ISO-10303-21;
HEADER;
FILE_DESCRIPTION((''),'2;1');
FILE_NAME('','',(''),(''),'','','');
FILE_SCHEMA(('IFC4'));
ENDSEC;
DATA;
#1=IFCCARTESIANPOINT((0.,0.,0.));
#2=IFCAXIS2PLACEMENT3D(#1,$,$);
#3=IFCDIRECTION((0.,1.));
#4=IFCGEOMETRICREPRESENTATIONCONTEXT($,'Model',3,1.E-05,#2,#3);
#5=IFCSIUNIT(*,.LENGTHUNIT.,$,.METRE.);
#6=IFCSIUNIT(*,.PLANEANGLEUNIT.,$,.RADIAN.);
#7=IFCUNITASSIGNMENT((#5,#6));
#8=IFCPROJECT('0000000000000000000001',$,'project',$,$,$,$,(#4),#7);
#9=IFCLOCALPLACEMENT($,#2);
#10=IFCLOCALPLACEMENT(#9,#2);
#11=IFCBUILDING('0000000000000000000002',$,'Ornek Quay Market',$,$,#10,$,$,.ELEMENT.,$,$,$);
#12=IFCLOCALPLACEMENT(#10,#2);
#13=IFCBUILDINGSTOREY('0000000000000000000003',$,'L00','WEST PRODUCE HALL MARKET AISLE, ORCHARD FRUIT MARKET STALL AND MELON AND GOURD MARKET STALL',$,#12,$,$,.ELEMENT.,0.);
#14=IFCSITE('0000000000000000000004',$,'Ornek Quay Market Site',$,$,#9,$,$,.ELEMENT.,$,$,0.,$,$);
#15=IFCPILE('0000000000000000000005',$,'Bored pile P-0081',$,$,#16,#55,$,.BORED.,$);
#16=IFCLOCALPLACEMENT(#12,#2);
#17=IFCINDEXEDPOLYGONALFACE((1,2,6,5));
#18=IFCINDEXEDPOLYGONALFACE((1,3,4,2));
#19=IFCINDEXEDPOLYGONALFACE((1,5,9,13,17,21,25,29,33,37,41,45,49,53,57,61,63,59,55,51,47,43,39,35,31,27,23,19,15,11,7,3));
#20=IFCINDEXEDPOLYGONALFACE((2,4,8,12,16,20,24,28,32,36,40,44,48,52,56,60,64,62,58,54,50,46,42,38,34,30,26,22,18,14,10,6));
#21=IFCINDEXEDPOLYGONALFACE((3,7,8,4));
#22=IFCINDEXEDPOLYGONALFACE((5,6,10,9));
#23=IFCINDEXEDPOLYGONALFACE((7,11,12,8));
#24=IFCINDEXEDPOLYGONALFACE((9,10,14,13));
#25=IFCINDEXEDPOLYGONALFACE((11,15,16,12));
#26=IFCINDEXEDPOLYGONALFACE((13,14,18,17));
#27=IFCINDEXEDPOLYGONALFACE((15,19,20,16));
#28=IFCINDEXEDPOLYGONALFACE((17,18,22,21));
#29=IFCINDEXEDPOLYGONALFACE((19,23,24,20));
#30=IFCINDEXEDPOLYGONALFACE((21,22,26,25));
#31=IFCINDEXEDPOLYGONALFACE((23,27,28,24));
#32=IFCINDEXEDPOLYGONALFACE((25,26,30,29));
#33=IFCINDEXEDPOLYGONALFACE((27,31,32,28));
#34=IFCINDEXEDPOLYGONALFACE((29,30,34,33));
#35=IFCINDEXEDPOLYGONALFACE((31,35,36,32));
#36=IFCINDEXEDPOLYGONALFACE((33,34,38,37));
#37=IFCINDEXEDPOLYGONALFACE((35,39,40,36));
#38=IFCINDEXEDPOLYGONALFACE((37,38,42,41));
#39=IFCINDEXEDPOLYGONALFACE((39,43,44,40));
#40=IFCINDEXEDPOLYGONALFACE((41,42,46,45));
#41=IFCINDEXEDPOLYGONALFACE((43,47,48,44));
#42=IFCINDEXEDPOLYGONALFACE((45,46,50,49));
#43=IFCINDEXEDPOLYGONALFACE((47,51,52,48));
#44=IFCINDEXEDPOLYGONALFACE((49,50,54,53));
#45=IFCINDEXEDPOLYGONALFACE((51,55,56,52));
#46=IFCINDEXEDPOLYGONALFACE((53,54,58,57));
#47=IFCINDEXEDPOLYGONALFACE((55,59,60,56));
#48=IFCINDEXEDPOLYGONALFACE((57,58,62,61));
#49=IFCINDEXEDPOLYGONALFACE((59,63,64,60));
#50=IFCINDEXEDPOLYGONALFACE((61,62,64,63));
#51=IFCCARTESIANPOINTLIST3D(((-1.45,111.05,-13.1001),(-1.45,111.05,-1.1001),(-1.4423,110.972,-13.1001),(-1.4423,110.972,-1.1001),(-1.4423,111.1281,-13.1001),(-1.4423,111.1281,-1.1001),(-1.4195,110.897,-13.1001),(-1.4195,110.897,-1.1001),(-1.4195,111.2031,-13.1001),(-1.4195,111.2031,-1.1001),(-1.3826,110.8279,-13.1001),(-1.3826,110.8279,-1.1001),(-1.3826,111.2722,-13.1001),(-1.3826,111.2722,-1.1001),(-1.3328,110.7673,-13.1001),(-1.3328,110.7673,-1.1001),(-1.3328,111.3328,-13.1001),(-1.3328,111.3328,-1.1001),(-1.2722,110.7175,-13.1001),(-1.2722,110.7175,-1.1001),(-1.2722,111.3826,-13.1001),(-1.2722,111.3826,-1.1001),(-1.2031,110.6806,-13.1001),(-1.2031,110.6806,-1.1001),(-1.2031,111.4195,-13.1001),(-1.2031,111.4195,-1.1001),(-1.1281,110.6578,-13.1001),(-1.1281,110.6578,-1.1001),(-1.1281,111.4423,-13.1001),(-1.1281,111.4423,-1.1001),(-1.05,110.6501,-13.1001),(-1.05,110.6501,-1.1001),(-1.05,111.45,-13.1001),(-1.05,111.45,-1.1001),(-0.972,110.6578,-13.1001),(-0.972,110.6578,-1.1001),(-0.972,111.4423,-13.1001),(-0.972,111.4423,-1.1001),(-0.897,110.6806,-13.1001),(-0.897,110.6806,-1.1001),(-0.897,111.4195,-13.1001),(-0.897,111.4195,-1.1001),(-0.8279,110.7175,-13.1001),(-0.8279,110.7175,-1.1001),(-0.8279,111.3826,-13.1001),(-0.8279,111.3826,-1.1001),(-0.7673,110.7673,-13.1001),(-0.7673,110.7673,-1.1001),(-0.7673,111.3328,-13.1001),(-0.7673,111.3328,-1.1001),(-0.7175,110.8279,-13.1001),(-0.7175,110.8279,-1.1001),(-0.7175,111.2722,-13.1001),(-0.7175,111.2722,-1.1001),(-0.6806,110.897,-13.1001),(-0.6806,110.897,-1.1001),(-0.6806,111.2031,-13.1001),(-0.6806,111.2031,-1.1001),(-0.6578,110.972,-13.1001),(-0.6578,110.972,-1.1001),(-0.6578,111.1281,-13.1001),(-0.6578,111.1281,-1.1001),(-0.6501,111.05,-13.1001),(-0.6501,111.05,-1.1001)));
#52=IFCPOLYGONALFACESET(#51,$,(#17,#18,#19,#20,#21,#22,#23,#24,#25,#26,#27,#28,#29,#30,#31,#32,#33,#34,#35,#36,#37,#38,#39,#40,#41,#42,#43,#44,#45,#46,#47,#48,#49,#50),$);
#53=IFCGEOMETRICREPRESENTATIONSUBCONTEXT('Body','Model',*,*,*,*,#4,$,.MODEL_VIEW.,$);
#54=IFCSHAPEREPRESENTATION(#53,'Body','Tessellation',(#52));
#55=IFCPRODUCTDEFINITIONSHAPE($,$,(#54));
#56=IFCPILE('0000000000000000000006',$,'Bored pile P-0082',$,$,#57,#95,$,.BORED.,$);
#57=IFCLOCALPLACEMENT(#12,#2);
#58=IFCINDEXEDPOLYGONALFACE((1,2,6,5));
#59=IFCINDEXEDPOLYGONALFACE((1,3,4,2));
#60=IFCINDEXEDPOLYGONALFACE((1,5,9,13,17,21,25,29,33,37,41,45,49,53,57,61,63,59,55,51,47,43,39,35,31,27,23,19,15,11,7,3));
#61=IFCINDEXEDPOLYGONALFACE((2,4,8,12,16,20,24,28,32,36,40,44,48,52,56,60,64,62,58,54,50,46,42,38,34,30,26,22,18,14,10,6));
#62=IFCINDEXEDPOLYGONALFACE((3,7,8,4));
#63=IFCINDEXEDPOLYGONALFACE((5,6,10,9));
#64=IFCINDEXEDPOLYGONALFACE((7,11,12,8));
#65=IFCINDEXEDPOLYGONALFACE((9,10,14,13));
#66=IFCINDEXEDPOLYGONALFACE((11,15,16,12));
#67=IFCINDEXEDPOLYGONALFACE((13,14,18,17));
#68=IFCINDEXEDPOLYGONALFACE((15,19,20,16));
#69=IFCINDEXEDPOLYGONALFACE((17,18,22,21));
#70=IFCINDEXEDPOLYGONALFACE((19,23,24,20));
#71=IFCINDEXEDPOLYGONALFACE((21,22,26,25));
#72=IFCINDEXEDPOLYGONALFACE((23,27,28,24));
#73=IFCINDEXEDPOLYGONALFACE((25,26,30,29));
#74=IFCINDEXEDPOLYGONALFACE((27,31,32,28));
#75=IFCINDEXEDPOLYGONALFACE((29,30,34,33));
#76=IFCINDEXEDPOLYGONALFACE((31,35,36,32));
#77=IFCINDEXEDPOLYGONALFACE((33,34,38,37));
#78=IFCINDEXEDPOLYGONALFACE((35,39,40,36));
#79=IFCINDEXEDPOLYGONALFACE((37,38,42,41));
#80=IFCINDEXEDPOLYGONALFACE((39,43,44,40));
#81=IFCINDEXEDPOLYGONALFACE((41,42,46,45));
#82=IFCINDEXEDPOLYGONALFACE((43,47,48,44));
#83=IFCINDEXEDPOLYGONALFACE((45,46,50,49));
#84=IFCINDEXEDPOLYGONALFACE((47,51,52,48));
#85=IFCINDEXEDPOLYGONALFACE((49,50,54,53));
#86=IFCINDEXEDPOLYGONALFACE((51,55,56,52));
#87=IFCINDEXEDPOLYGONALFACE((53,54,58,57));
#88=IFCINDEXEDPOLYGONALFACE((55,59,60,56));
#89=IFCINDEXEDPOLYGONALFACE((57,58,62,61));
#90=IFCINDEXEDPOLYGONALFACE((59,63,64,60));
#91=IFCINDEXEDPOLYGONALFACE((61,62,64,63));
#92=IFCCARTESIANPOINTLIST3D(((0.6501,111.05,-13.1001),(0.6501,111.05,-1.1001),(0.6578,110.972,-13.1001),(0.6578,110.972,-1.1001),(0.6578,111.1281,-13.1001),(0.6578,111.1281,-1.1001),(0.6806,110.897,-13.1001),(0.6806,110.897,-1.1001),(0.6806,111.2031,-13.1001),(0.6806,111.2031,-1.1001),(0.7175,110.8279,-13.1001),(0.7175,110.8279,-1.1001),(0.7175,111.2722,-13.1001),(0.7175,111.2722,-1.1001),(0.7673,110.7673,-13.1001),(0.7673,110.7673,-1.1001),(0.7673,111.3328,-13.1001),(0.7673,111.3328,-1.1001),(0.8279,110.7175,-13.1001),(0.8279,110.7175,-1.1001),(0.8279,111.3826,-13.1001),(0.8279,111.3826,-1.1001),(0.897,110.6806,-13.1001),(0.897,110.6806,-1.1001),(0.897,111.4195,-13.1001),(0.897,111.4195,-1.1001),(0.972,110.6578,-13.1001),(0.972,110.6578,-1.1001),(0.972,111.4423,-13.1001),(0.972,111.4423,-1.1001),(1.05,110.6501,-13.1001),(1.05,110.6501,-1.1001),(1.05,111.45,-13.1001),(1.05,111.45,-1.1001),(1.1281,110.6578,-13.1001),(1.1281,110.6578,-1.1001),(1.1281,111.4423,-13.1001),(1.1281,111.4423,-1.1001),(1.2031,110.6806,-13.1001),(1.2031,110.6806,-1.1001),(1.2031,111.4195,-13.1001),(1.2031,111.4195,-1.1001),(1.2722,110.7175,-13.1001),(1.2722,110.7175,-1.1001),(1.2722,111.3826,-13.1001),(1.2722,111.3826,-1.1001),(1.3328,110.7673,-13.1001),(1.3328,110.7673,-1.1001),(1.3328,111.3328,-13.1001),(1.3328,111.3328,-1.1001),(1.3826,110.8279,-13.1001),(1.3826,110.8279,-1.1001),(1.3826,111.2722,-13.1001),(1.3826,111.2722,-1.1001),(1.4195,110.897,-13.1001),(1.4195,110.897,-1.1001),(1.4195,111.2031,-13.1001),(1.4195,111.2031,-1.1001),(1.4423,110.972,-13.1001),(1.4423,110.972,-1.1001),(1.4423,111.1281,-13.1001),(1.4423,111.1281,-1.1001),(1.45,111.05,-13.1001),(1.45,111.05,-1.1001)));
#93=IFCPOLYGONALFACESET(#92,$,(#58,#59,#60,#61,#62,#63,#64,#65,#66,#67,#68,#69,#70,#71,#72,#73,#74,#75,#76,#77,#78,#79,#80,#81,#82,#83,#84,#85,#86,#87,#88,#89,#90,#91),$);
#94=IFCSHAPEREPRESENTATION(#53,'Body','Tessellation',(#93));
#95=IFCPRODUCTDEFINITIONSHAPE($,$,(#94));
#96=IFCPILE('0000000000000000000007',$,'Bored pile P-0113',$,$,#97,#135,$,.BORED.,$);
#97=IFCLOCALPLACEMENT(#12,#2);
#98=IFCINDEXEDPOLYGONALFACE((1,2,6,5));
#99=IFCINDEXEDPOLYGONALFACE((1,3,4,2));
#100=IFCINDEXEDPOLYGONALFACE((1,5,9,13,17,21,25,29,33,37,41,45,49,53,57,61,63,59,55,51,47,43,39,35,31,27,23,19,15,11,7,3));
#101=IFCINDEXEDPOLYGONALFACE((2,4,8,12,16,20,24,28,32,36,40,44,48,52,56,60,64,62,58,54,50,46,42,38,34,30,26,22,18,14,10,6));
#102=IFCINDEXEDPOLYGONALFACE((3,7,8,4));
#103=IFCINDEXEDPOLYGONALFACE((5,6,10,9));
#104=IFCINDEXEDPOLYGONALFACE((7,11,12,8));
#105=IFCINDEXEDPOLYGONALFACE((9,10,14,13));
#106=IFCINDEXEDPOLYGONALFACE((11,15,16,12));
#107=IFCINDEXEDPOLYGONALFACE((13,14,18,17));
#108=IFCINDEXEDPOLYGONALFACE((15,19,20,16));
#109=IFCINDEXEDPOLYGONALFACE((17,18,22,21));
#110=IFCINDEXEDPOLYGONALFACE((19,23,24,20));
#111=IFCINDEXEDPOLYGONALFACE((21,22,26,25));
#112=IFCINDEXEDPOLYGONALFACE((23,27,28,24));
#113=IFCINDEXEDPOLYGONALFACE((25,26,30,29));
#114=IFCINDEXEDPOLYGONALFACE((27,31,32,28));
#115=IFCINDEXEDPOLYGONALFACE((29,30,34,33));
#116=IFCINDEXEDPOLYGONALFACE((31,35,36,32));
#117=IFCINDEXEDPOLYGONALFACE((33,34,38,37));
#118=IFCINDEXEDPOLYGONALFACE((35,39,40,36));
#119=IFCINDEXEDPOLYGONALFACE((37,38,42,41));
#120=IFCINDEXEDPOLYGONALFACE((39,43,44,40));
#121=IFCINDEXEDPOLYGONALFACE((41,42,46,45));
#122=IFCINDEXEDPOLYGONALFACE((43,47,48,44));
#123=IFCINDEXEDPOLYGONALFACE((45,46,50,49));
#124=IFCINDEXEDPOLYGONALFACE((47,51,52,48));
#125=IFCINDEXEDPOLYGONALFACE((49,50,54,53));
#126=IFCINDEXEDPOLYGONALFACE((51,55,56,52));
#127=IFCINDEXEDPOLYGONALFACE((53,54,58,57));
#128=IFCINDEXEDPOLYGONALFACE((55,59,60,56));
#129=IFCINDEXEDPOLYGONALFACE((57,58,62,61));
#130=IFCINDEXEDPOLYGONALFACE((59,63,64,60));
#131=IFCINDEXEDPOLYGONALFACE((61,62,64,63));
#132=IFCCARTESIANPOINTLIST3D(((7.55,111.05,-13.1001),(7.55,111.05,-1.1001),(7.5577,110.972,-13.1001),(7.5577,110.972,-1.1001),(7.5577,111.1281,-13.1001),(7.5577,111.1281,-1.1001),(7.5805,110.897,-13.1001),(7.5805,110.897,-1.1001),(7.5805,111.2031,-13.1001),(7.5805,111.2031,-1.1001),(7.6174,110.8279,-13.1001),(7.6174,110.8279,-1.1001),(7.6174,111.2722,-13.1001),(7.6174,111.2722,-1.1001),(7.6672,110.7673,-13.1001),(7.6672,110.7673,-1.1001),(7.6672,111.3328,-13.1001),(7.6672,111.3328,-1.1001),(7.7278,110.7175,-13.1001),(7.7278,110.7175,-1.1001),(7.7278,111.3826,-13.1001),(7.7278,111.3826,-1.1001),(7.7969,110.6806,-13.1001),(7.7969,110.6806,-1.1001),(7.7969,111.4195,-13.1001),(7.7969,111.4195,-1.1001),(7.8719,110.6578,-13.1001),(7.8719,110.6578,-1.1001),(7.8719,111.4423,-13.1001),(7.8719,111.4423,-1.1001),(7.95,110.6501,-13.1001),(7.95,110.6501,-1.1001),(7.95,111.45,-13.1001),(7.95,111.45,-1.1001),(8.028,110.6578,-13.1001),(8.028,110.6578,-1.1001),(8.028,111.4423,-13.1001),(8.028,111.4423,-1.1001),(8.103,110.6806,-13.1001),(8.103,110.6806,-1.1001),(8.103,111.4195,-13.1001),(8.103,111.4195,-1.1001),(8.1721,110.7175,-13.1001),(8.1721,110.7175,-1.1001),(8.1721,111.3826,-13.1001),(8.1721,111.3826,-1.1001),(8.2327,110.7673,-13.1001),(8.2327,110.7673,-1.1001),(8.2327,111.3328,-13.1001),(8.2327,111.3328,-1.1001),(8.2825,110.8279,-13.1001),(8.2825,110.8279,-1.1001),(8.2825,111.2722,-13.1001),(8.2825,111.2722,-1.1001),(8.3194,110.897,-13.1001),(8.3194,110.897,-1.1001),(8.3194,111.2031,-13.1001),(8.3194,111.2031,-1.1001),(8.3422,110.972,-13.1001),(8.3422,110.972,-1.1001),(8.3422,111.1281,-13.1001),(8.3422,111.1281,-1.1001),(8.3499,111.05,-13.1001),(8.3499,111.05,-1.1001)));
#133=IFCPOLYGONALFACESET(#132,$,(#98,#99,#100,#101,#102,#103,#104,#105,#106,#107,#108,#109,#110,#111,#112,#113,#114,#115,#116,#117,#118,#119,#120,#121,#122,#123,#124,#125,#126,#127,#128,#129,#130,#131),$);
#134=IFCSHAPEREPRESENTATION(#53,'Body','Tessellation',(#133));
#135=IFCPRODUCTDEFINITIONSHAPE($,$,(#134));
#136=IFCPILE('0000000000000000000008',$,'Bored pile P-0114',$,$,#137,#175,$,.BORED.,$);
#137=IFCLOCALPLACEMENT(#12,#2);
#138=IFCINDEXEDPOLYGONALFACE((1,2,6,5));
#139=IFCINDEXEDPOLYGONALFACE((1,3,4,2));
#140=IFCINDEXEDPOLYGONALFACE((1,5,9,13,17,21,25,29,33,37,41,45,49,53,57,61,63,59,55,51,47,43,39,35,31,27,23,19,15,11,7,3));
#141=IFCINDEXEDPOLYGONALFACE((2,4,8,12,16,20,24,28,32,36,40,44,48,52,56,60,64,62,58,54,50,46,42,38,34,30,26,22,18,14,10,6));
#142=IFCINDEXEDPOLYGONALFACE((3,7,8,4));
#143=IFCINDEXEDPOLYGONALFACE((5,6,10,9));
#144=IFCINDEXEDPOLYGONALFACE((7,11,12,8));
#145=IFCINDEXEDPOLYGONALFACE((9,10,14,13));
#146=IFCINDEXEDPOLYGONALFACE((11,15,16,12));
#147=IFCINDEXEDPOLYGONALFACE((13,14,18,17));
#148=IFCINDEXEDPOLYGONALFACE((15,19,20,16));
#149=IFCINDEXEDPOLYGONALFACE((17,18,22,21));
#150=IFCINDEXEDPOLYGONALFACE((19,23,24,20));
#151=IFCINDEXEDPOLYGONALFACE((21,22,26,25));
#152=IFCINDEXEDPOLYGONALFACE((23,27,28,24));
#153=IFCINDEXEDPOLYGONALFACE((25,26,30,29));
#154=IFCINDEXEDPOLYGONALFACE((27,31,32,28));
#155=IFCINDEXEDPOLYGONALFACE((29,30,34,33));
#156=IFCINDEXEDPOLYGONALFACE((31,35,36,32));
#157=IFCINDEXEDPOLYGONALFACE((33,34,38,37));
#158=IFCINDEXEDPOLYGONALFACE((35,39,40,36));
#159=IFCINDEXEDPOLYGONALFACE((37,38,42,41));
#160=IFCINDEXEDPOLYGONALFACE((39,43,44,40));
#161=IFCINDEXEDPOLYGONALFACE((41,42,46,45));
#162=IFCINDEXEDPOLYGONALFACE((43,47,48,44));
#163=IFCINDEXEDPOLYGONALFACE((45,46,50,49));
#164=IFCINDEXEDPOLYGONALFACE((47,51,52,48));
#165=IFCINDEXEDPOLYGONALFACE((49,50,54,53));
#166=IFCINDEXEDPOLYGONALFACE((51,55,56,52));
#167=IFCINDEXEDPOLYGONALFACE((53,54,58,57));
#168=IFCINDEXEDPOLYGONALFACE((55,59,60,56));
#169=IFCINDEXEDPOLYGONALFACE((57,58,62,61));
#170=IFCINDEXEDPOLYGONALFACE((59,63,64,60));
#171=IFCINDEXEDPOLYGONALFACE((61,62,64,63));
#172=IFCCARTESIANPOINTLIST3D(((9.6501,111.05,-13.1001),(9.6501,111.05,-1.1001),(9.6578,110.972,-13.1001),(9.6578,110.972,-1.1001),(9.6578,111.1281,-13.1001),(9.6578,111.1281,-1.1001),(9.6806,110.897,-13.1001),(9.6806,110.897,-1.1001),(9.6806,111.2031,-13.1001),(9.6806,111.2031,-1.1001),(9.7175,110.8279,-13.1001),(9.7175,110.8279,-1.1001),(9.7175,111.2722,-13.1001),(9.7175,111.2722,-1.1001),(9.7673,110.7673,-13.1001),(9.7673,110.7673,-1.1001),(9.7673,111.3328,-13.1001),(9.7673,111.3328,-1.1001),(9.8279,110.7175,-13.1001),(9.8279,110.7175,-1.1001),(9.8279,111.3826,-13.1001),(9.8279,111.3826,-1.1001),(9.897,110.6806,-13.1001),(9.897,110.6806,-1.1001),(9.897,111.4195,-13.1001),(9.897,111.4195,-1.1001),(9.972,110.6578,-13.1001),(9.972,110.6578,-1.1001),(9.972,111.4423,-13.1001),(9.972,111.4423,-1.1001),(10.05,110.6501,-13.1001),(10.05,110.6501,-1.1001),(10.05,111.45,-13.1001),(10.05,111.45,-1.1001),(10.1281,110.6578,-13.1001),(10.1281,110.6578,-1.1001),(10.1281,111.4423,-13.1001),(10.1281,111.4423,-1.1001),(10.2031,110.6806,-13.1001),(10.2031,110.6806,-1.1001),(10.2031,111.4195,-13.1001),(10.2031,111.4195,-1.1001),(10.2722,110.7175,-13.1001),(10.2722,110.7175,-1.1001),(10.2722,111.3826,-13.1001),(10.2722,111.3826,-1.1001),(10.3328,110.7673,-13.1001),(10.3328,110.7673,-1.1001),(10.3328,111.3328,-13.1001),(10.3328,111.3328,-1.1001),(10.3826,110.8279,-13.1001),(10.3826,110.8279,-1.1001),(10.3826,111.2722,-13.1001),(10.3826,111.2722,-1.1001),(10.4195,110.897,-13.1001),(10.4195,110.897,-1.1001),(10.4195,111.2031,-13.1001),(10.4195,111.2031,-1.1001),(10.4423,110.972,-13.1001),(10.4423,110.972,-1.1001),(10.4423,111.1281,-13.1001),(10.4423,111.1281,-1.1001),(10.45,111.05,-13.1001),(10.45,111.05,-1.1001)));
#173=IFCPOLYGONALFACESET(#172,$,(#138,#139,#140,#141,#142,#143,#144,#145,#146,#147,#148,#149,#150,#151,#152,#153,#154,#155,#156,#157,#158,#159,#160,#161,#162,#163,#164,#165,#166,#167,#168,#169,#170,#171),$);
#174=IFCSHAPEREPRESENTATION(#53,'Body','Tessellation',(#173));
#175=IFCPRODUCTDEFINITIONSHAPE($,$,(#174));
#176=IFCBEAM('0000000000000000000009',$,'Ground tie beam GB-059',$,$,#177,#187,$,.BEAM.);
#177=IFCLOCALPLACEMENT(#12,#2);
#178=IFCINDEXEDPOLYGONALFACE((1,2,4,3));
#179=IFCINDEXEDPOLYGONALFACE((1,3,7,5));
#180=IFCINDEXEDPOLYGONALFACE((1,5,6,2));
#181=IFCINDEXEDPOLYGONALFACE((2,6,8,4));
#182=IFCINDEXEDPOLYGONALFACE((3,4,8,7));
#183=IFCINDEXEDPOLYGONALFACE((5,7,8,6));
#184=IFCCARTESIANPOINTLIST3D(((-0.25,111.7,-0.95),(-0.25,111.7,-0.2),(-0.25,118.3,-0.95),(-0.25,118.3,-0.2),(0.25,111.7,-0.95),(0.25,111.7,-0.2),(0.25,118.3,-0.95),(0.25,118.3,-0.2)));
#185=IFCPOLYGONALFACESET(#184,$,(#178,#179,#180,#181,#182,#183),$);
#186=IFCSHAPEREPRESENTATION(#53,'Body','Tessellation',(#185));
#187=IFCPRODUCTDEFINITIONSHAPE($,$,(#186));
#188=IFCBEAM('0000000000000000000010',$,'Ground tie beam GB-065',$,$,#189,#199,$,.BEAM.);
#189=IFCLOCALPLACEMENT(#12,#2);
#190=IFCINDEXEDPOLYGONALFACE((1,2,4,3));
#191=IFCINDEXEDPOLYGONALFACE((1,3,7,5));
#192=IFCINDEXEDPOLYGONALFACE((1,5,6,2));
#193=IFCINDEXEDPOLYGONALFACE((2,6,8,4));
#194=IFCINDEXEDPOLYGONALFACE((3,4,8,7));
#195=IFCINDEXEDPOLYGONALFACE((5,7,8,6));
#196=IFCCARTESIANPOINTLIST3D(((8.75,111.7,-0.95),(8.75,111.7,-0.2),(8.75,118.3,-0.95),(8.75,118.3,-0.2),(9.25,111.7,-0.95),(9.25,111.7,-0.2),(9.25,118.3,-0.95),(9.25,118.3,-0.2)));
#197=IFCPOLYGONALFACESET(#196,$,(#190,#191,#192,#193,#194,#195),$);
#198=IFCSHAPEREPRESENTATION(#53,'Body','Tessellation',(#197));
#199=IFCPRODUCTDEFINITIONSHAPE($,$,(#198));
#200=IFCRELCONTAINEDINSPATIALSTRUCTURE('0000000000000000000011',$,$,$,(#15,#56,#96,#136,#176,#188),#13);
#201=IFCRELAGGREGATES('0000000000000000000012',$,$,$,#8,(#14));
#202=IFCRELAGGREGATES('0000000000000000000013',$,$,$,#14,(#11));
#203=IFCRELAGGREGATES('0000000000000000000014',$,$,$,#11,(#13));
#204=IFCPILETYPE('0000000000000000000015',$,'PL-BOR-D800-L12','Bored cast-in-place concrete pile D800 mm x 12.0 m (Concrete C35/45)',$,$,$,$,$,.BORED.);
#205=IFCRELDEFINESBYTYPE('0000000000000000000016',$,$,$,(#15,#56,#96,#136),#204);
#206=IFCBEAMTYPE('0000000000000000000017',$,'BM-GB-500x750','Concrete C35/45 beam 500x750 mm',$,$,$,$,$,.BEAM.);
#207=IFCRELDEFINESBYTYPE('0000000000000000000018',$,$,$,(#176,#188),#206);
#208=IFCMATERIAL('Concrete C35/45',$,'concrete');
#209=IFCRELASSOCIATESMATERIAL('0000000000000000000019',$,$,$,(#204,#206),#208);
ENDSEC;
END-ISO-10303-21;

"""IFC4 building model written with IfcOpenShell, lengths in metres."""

from ifc_helpers import new_model, si_unit, direction, frame, origin, origin_2d, place, context, subcontext, project, spatial, rectangle, circle, extrude, material, material_profile, profile_set, type_object, element, save


model = new_model("IFC4")

# Units and contexts
model_context = context("Model", 3, precision=1e-05, world=origin(), true_north=direction((0.0, 1.0)))
body_context = subcontext(model_context, "Body", "Model", "MODEL_VIEW")
ifc_project = project(units=[si_unit("LENGTHUNIT", "METRE"), si_unit("PLANEANGLEUNIT", "RADIAN")], contexts=[model_context])

# Site, building, storey
site_placement = place(None, origin())
site = spatial("IfcSite", under=ifc_project, at=site_placement, Name="Ornek Quay Market Site", CompositionType="ELEMENT", RefElevation=0.0)
building_placement = place(site_placement, origin())
building = spatial("IfcBuilding", under=site, at=building_placement, Name="Ornek Quay Market", CompositionType="ELEMENT")
storey_placement = place(building_placement, origin())
storey = spatial("IfcBuildingStorey", under=building, at=storey_placement, Name="L00", Description="WEST PRODUCE HALL MARKET AISLE, ORCHARD FRUIT MARKET STALL AND MELON AND GOURD MARKET STALL", CompositionType="ELEMENT", Elevation=0.0)

# Piles
ifc_material_1 = material(Name="Concrete C35/45", Category="concrete")
ifc_material_profile_1 = material_profile(ifc_material_1, circle(Radius=0.3999, at=origin_2d()), Name="PILE D800", Category="concrete")
ifc_profile_set_1 = profile_set([ifc_material_profile_1], Name="Concrete C35/45")
pile_type = type_object("IfcPileType", Name="PL-BOR-D800-L12", Description="Bored cast-in-place concrete pile D800 mm x 12.0 m (Concrete C35/45)", PredefinedType="BORED", material=ifc_profile_set_1)
for number, where, z_axis, x_axis, name in (
    (1, (-1.05, 111.05, -1.1001), (0.0, 0.0, -1.0), (1.0, 0.0, 0.0), "Bored pile P-0081"),
    (2, (1.05, 111.05, -1.1001), (0.0, 0.0, -1.0), (1.0, 0.0, 0.0), "Bored pile P-0082"),
    (3, (7.95, 111.05, -1.1001), (0.0, 0.0, -1.0), (1.0, 0.0, 0.0), "Bored pile P-0113"),
    (4, (10.05, 111.05, -1.1001), (0.0, 0.0, -1.0), (1.0, 0.0, 0.0), "Bored pile P-0114"),
):
    element("IfcPile", number, at=place(storey_placement, frame(where, z_axis=z_axis, x_axis=x_axis)), inside=storey, type_object=pile_type, Name=name, PredefinedType="BORED", context=body_context, shape_type="SweptSolid", body=[
        extrude(circle(Radius=0.3999, at=origin_2d()), origin(), (0.0, 0.0, 1.0), 12.0),
    ])

# Beams
ifc_material_profile_2 = material_profile(ifc_material_1, rectangle(XDim=0.5, YDim=0.75, at=origin_2d()), Name="RC 500x750", Category="concrete")
ifc_profile_set_2 = profile_set([ifc_material_profile_2], Name="Concrete C35/45")
beam_type_1 = type_object("IfcBeamType", Name="BM-GB-500x750", Description="Concrete C35/45 beam 500x750 mm", PredefinedType="BEAM", material=ifc_profile_set_2)
for number, where, z_axis, x_axis, name in (
    (5, (0.0, 111.7, -0.575), (0.0, 1.0, 0.0), (-1.0, 0.0, 0.0), "Ground tie beam GB-059"),
    (6, (9.0, 111.7, -0.575), (0.0, 1.0, 0.0), (-1.0, 0.0, 0.0), "Ground tie beam GB-065"),
):
    element("IfcBeam", number, at=place(storey_placement, frame(where, z_axis=z_axis, x_axis=x_axis)), inside=storey, type_object=beam_type_1, Name=name, PredefinedType="BEAM", context=body_context, shape_type="SweptSolid", body=[
        extrude(rectangle(XDim=0.5, YDim=0.75, at=origin_2d()), origin(), (0.0, 0.0, 1.0), 6.6001),
    ])

save(model, "model.ifc")
